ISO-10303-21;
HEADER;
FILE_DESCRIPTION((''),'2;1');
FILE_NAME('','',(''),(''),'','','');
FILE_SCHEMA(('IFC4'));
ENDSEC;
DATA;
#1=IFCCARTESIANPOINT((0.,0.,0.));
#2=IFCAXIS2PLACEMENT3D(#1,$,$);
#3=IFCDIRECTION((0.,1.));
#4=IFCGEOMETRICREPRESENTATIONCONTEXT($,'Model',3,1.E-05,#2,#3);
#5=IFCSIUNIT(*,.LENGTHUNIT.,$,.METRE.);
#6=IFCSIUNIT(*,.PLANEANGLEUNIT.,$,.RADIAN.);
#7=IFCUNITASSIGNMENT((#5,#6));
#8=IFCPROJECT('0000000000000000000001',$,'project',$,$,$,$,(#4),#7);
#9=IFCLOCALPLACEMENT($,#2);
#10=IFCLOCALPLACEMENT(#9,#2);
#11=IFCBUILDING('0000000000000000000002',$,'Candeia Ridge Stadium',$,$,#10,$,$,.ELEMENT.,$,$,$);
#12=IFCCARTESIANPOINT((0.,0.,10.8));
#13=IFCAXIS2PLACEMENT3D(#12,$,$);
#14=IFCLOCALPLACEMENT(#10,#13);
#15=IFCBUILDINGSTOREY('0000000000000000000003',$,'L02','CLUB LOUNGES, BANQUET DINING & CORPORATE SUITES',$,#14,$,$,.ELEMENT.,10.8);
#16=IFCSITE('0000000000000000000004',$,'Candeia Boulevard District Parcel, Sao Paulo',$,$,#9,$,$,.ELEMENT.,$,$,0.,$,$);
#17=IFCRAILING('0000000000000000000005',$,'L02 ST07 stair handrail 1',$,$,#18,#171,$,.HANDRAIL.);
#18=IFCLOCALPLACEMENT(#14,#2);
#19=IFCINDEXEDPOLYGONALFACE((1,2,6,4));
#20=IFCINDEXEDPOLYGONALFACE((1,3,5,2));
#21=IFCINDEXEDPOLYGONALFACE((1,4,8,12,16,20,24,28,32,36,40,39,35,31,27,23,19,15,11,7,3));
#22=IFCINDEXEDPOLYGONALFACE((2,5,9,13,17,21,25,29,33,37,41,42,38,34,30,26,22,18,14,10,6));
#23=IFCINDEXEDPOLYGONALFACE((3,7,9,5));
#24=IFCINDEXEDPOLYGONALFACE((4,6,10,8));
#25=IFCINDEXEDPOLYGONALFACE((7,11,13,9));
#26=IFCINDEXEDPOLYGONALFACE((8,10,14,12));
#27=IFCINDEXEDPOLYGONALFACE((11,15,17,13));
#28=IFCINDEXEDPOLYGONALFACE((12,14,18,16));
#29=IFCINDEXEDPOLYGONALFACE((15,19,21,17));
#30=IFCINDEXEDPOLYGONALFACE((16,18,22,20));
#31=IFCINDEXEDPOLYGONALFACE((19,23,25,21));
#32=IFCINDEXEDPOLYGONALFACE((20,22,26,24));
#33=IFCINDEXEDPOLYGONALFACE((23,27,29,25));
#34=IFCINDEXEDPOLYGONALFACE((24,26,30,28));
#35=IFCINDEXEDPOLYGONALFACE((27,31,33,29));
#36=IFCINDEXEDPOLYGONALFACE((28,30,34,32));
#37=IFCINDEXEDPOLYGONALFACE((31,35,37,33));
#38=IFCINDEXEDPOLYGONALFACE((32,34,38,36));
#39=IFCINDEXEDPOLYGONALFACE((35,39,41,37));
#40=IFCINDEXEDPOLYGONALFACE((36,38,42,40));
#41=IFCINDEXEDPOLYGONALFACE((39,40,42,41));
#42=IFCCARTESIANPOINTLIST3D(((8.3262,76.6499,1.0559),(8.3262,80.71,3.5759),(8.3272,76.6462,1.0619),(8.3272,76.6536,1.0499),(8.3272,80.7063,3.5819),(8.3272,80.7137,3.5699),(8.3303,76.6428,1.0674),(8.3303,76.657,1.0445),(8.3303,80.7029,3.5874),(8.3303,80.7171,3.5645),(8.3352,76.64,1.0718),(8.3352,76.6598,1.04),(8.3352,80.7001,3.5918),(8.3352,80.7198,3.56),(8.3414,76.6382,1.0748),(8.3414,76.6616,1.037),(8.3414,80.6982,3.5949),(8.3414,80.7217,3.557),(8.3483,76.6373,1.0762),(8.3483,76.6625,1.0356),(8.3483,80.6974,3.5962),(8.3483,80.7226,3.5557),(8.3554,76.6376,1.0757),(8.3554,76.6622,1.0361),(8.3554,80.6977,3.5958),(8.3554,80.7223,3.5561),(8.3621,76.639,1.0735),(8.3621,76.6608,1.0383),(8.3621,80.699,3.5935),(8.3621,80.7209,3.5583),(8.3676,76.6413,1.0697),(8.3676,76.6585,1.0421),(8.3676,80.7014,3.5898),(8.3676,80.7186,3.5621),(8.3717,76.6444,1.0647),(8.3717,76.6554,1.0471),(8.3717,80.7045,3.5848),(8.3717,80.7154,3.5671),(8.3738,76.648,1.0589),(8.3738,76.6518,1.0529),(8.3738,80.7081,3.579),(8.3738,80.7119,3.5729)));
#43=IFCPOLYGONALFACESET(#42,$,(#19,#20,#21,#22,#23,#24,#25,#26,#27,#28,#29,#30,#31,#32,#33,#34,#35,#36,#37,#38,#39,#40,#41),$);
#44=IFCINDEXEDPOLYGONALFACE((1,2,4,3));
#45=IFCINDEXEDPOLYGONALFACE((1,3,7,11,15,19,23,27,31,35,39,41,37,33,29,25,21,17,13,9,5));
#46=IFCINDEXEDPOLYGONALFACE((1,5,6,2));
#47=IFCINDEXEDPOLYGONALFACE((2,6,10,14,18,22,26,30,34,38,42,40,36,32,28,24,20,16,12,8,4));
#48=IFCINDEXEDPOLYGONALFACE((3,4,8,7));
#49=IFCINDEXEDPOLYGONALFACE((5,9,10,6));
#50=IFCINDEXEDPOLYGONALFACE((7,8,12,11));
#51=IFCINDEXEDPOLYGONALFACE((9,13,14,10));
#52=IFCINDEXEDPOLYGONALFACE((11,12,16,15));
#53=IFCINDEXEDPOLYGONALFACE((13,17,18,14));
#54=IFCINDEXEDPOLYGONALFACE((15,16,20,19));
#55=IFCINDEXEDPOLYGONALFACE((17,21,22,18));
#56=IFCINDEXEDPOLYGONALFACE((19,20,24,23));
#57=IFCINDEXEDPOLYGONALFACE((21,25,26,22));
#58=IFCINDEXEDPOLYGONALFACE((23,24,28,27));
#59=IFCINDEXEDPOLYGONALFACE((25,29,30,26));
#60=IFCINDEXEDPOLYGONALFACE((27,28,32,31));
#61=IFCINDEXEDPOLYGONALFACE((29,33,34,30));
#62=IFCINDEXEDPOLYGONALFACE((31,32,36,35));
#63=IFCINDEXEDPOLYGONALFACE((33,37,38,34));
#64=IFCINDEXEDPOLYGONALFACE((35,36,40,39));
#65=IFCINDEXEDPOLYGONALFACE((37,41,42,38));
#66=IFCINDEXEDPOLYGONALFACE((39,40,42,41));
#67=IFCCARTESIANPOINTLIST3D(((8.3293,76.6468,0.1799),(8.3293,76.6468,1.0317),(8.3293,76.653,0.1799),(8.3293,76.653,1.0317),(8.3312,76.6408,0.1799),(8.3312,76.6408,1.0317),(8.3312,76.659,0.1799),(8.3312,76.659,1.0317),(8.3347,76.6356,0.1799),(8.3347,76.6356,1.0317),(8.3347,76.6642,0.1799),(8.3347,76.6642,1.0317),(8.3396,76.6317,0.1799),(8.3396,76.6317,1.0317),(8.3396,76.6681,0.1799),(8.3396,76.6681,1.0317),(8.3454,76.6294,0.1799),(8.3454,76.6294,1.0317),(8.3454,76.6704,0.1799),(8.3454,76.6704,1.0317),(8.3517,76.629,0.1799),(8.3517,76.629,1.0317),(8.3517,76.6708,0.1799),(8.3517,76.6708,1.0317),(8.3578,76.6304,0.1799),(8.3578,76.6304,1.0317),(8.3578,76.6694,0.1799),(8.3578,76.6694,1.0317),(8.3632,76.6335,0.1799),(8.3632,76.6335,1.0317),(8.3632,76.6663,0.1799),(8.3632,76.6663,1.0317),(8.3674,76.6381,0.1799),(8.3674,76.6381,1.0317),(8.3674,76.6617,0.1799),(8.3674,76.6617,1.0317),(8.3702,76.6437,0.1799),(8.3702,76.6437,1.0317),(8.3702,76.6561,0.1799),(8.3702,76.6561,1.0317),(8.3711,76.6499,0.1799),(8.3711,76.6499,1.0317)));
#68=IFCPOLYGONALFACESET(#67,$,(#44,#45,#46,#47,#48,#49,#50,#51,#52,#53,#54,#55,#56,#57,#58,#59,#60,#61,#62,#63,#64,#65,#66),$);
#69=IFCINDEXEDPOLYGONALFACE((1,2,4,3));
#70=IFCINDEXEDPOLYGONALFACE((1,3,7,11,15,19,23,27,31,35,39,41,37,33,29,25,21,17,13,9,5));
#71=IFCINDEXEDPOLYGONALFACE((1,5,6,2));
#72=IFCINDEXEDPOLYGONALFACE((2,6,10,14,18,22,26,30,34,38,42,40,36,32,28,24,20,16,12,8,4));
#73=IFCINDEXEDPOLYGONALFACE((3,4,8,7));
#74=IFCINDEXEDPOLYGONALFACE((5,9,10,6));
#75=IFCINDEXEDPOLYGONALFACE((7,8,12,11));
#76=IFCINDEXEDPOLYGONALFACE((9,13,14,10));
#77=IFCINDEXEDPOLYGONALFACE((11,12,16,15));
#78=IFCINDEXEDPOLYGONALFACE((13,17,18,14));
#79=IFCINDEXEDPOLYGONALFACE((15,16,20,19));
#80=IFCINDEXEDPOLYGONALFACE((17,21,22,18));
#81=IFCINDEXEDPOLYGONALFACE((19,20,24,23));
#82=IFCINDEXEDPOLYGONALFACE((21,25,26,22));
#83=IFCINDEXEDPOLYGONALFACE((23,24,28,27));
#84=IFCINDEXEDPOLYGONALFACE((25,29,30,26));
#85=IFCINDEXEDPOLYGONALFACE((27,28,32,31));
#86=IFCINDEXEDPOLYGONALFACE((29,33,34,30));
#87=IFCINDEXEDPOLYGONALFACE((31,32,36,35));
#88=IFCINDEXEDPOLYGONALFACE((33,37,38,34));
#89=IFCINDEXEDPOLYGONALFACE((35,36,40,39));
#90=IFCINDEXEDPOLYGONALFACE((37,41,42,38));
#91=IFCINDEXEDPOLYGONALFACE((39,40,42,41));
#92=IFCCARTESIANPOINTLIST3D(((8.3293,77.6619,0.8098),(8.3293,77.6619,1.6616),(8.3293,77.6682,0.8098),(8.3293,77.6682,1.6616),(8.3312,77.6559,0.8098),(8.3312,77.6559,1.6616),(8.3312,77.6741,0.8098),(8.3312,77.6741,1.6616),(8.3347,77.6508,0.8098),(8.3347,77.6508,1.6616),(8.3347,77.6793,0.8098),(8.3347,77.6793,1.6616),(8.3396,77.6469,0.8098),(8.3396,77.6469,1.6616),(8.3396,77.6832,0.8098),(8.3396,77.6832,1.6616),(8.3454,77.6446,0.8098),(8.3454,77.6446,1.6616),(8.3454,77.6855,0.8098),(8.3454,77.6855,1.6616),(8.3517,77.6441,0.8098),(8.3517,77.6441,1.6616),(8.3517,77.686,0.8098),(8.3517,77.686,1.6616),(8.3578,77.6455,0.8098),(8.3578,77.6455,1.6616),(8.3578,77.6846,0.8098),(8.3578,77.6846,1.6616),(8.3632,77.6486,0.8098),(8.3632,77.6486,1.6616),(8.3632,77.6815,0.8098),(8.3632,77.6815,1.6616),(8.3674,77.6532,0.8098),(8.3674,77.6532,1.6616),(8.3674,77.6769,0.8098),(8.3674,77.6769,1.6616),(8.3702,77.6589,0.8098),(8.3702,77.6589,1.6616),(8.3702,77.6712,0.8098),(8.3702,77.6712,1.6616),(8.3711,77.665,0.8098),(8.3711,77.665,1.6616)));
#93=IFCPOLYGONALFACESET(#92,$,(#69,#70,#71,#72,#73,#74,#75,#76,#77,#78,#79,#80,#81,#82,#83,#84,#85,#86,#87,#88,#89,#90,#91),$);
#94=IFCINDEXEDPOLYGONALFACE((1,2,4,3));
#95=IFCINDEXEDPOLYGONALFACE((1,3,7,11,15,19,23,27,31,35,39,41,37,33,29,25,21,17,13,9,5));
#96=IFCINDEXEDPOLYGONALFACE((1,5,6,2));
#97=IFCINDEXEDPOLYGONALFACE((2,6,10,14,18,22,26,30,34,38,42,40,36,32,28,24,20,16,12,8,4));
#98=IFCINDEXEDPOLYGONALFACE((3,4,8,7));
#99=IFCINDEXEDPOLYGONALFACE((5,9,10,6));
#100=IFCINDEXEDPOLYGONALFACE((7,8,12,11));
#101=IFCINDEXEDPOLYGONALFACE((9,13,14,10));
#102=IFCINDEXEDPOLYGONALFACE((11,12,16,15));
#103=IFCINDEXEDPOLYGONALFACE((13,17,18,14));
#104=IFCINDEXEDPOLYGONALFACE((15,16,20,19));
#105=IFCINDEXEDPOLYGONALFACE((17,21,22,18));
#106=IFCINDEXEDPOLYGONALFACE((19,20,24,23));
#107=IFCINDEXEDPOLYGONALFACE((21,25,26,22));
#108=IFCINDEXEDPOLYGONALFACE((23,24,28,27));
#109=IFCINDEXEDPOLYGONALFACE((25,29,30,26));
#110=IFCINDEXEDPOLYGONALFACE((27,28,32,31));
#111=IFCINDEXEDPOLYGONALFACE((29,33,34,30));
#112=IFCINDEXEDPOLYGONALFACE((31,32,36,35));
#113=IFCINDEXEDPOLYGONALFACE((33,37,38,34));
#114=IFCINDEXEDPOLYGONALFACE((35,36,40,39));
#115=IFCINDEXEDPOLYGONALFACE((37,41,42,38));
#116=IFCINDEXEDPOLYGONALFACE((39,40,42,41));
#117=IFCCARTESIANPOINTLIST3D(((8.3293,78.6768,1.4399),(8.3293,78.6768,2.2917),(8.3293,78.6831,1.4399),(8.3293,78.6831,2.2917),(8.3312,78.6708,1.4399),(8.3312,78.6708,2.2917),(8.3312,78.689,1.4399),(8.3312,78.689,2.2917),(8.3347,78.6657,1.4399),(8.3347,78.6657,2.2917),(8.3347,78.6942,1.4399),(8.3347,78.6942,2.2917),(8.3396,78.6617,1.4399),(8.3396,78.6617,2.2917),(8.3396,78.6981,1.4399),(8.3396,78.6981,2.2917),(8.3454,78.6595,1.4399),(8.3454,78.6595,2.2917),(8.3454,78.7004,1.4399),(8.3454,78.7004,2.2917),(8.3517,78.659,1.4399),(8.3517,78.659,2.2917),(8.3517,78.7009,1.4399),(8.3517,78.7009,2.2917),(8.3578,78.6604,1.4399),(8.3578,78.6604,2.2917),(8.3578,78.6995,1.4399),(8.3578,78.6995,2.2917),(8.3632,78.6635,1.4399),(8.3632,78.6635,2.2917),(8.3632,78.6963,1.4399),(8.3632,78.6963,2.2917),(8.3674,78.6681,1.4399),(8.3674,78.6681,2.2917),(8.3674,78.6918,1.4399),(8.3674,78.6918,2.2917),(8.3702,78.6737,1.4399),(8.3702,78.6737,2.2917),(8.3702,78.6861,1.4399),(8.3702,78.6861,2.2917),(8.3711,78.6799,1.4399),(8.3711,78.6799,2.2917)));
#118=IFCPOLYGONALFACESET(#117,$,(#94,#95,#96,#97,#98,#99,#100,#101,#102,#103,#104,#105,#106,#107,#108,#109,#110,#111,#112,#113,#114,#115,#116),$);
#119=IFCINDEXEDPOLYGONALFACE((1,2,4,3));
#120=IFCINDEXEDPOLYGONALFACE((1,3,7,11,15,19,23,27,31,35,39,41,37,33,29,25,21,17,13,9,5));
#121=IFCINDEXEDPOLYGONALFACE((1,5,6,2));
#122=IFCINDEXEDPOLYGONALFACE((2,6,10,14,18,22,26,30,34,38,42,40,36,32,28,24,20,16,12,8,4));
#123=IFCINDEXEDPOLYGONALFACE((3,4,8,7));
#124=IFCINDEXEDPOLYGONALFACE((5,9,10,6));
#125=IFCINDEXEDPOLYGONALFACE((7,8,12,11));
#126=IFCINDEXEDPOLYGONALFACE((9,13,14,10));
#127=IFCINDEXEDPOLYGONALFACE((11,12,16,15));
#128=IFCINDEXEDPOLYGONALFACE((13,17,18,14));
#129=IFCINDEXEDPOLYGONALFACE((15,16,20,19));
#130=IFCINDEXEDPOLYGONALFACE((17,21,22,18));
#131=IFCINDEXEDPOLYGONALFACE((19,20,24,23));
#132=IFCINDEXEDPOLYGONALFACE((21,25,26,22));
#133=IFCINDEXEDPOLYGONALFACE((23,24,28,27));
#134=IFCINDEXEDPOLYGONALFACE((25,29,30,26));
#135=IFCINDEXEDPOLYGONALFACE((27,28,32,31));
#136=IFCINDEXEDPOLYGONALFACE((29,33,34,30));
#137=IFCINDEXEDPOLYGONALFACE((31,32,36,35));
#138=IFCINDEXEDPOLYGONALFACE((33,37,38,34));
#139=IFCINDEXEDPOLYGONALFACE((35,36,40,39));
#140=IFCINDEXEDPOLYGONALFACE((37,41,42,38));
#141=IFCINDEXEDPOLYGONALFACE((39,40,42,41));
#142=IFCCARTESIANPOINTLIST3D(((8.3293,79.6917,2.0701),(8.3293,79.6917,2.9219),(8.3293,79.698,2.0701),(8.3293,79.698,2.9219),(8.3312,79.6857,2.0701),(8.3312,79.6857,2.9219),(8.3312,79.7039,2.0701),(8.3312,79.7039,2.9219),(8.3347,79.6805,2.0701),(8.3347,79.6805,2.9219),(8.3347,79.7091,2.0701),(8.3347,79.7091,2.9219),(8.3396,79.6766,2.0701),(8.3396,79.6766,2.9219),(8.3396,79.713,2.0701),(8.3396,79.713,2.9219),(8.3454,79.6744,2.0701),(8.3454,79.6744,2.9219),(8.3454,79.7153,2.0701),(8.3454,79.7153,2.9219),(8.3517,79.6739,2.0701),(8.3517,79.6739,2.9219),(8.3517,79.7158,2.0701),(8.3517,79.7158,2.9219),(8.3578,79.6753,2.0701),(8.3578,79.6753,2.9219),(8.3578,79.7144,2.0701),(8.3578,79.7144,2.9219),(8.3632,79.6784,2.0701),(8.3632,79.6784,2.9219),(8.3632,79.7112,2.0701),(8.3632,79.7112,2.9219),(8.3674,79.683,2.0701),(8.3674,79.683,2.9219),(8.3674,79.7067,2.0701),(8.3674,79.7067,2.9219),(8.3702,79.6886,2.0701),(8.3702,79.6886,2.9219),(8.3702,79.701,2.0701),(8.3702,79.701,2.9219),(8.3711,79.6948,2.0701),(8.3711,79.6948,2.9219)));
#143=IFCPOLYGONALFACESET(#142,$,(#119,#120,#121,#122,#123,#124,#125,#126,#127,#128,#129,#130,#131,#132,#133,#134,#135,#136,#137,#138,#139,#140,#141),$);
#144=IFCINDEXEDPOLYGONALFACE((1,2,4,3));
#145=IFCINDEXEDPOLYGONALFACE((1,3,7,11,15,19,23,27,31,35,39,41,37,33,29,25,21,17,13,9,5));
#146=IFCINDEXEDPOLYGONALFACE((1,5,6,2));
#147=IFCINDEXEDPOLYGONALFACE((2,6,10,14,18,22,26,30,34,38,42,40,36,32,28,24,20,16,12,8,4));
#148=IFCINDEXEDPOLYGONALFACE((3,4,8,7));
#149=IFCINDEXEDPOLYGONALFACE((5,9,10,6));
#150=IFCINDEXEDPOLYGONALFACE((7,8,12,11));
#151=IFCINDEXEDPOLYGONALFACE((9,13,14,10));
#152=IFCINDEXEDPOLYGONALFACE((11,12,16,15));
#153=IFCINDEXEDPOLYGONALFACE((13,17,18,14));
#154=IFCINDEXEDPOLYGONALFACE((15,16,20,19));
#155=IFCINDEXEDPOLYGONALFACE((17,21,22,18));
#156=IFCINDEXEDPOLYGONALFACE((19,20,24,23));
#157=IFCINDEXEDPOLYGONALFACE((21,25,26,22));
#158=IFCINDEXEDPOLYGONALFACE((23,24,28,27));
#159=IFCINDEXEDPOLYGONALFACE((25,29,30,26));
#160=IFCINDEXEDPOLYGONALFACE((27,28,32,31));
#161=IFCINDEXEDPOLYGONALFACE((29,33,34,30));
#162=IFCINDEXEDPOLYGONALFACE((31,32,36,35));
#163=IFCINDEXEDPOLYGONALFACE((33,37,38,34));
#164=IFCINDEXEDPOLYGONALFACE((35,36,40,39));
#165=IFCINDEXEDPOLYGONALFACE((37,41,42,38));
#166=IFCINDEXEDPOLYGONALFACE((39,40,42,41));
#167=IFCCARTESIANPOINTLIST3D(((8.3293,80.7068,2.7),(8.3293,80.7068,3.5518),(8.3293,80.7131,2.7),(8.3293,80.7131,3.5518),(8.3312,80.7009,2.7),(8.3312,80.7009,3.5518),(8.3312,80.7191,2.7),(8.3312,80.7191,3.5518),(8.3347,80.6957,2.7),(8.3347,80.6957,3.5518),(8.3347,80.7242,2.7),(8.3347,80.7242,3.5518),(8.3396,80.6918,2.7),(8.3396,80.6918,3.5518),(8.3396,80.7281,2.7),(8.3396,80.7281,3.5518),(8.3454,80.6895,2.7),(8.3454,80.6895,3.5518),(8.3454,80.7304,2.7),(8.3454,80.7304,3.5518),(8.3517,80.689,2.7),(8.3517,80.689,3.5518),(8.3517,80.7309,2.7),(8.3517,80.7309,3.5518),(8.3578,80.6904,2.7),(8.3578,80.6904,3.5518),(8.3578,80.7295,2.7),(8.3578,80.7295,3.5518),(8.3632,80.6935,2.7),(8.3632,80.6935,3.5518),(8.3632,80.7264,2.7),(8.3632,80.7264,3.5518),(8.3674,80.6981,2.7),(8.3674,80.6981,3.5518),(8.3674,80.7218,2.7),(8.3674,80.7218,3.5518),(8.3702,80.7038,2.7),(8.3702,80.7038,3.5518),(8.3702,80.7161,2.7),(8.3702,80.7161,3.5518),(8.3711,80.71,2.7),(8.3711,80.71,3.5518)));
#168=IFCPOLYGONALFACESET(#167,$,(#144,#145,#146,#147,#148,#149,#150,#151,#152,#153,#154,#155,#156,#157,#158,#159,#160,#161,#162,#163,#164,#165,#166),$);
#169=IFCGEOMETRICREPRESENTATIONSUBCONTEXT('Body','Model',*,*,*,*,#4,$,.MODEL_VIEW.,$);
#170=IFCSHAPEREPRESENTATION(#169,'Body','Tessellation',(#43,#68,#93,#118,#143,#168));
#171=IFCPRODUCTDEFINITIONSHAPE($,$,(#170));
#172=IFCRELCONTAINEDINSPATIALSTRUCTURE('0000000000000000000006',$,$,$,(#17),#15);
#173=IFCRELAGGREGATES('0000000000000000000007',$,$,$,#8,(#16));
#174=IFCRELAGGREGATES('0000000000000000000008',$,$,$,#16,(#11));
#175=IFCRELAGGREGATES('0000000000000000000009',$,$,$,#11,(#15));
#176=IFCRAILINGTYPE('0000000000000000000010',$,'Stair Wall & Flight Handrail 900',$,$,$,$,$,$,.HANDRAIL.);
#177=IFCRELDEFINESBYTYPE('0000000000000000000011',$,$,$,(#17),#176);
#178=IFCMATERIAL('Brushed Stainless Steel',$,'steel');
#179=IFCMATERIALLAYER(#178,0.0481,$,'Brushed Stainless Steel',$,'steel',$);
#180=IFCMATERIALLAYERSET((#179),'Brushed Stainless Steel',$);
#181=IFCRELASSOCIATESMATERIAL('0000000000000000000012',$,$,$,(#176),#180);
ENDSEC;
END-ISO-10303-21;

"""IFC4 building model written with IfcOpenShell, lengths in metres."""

from ifc_helpers import new_model, si_unit, direction, frame, origin, origin_2d, place, context, subcontext, project, spatial, circle, extrude, material, layer, layer_set, type_object, element, save


model = new_model("IFC4")

# Units and contexts
model_context = context("Model", 3, precision=1e-05, world=origin(), true_north=direction((0.0, 1.0)))
body_context = subcontext(model_context, "Body", "Model", "MODEL_VIEW")
ifc_project = project(units=[si_unit("LENGTHUNIT", "METRE"), si_unit("PLANEANGLEUNIT", "RADIAN")], contexts=[model_context])

# Site, building, storey
site_placement = place(None, origin())
site = spatial("IfcSite", under=ifc_project, at=site_placement, Name="Candeia Boulevard District Parcel, Sao Paulo", CompositionType="ELEMENT", RefElevation=0.0)
building_placement = place(site_placement, origin())
building = spatial("IfcBuilding", under=site, at=building_placement, Name="Candeia Ridge Stadium", CompositionType="ELEMENT")
storey_placement = place(building_placement, frame((0.0, 0.0, 10.8)))
storey = spatial("IfcBuildingStorey", under=building, at=storey_placement, Name="L02", Description="CLUB LOUNGES, BANQUET DINING & CORPORATE SUITES", CompositionType="ELEMENT", Elevation=10.8)

# Railing
ifc_material_1 = material(Name="Brushed Stainless Steel", Category="steel")
ifc_layer_1 = layer(ifc_material_1, 0.0481, Name="Brushed Stainless Steel", Category="steel")
ifc_layer_set_1 = layer_set([ifc_layer_1], Name="Brushed Stainless Steel")
railing_type_1 = type_object("IfcRailingType", Name="Stair Wall & Flight Handrail 900", PredefinedType="HANDRAIL", material=ifc_layer_set_1)
railing_1_placement = place(storey_placement, frame((8.3501, 76.6499, 0.1799)))
element("IfcRailing", 1, at=railing_1_placement, inside=storey, type_object=railing_type_1, Name="L02 ST07 stair handrail 1", PredefinedType="HANDRAIL", context=body_context, shape_type="SweptSolid", body=[
    extrude(circle(Radius=0.0239, at=origin_2d()), frame((0.0, 0.0, 0.876), z_axis=(0.0, 0.849642, 0.52736), x_axis=(-1.0, 0.0, 0.0)), (0.0, 0.0, 1.0), 4.7786),
    extrude(circle(Radius=0.021, at=origin_2d()), origin(), (0.0, 0.0, 1.0), 0.8518),
    extrude(circle(Radius=0.021, at=origin_2d()), frame((0.0, 1.0151, 0.6299)), (0.0, 0.0, 1.0), 0.8518),
    extrude(circle(Radius=0.021, at=origin_2d()), frame((0.0, 2.03, 1.26)), (0.0, 0.0, 1.0), 0.8518),
    extrude(circle(Radius=0.021, at=origin_2d()), frame((0.0, 3.0449, 1.8901)), (0.0, 0.0, 1.0), 0.8518),
    extrude(circle(Radius=0.021, at=origin_2d()), frame((0.0, 4.0601, 2.52)), (0.0, 0.0, 1.0), 0.8518),
])

save(model, "model.ifc")
